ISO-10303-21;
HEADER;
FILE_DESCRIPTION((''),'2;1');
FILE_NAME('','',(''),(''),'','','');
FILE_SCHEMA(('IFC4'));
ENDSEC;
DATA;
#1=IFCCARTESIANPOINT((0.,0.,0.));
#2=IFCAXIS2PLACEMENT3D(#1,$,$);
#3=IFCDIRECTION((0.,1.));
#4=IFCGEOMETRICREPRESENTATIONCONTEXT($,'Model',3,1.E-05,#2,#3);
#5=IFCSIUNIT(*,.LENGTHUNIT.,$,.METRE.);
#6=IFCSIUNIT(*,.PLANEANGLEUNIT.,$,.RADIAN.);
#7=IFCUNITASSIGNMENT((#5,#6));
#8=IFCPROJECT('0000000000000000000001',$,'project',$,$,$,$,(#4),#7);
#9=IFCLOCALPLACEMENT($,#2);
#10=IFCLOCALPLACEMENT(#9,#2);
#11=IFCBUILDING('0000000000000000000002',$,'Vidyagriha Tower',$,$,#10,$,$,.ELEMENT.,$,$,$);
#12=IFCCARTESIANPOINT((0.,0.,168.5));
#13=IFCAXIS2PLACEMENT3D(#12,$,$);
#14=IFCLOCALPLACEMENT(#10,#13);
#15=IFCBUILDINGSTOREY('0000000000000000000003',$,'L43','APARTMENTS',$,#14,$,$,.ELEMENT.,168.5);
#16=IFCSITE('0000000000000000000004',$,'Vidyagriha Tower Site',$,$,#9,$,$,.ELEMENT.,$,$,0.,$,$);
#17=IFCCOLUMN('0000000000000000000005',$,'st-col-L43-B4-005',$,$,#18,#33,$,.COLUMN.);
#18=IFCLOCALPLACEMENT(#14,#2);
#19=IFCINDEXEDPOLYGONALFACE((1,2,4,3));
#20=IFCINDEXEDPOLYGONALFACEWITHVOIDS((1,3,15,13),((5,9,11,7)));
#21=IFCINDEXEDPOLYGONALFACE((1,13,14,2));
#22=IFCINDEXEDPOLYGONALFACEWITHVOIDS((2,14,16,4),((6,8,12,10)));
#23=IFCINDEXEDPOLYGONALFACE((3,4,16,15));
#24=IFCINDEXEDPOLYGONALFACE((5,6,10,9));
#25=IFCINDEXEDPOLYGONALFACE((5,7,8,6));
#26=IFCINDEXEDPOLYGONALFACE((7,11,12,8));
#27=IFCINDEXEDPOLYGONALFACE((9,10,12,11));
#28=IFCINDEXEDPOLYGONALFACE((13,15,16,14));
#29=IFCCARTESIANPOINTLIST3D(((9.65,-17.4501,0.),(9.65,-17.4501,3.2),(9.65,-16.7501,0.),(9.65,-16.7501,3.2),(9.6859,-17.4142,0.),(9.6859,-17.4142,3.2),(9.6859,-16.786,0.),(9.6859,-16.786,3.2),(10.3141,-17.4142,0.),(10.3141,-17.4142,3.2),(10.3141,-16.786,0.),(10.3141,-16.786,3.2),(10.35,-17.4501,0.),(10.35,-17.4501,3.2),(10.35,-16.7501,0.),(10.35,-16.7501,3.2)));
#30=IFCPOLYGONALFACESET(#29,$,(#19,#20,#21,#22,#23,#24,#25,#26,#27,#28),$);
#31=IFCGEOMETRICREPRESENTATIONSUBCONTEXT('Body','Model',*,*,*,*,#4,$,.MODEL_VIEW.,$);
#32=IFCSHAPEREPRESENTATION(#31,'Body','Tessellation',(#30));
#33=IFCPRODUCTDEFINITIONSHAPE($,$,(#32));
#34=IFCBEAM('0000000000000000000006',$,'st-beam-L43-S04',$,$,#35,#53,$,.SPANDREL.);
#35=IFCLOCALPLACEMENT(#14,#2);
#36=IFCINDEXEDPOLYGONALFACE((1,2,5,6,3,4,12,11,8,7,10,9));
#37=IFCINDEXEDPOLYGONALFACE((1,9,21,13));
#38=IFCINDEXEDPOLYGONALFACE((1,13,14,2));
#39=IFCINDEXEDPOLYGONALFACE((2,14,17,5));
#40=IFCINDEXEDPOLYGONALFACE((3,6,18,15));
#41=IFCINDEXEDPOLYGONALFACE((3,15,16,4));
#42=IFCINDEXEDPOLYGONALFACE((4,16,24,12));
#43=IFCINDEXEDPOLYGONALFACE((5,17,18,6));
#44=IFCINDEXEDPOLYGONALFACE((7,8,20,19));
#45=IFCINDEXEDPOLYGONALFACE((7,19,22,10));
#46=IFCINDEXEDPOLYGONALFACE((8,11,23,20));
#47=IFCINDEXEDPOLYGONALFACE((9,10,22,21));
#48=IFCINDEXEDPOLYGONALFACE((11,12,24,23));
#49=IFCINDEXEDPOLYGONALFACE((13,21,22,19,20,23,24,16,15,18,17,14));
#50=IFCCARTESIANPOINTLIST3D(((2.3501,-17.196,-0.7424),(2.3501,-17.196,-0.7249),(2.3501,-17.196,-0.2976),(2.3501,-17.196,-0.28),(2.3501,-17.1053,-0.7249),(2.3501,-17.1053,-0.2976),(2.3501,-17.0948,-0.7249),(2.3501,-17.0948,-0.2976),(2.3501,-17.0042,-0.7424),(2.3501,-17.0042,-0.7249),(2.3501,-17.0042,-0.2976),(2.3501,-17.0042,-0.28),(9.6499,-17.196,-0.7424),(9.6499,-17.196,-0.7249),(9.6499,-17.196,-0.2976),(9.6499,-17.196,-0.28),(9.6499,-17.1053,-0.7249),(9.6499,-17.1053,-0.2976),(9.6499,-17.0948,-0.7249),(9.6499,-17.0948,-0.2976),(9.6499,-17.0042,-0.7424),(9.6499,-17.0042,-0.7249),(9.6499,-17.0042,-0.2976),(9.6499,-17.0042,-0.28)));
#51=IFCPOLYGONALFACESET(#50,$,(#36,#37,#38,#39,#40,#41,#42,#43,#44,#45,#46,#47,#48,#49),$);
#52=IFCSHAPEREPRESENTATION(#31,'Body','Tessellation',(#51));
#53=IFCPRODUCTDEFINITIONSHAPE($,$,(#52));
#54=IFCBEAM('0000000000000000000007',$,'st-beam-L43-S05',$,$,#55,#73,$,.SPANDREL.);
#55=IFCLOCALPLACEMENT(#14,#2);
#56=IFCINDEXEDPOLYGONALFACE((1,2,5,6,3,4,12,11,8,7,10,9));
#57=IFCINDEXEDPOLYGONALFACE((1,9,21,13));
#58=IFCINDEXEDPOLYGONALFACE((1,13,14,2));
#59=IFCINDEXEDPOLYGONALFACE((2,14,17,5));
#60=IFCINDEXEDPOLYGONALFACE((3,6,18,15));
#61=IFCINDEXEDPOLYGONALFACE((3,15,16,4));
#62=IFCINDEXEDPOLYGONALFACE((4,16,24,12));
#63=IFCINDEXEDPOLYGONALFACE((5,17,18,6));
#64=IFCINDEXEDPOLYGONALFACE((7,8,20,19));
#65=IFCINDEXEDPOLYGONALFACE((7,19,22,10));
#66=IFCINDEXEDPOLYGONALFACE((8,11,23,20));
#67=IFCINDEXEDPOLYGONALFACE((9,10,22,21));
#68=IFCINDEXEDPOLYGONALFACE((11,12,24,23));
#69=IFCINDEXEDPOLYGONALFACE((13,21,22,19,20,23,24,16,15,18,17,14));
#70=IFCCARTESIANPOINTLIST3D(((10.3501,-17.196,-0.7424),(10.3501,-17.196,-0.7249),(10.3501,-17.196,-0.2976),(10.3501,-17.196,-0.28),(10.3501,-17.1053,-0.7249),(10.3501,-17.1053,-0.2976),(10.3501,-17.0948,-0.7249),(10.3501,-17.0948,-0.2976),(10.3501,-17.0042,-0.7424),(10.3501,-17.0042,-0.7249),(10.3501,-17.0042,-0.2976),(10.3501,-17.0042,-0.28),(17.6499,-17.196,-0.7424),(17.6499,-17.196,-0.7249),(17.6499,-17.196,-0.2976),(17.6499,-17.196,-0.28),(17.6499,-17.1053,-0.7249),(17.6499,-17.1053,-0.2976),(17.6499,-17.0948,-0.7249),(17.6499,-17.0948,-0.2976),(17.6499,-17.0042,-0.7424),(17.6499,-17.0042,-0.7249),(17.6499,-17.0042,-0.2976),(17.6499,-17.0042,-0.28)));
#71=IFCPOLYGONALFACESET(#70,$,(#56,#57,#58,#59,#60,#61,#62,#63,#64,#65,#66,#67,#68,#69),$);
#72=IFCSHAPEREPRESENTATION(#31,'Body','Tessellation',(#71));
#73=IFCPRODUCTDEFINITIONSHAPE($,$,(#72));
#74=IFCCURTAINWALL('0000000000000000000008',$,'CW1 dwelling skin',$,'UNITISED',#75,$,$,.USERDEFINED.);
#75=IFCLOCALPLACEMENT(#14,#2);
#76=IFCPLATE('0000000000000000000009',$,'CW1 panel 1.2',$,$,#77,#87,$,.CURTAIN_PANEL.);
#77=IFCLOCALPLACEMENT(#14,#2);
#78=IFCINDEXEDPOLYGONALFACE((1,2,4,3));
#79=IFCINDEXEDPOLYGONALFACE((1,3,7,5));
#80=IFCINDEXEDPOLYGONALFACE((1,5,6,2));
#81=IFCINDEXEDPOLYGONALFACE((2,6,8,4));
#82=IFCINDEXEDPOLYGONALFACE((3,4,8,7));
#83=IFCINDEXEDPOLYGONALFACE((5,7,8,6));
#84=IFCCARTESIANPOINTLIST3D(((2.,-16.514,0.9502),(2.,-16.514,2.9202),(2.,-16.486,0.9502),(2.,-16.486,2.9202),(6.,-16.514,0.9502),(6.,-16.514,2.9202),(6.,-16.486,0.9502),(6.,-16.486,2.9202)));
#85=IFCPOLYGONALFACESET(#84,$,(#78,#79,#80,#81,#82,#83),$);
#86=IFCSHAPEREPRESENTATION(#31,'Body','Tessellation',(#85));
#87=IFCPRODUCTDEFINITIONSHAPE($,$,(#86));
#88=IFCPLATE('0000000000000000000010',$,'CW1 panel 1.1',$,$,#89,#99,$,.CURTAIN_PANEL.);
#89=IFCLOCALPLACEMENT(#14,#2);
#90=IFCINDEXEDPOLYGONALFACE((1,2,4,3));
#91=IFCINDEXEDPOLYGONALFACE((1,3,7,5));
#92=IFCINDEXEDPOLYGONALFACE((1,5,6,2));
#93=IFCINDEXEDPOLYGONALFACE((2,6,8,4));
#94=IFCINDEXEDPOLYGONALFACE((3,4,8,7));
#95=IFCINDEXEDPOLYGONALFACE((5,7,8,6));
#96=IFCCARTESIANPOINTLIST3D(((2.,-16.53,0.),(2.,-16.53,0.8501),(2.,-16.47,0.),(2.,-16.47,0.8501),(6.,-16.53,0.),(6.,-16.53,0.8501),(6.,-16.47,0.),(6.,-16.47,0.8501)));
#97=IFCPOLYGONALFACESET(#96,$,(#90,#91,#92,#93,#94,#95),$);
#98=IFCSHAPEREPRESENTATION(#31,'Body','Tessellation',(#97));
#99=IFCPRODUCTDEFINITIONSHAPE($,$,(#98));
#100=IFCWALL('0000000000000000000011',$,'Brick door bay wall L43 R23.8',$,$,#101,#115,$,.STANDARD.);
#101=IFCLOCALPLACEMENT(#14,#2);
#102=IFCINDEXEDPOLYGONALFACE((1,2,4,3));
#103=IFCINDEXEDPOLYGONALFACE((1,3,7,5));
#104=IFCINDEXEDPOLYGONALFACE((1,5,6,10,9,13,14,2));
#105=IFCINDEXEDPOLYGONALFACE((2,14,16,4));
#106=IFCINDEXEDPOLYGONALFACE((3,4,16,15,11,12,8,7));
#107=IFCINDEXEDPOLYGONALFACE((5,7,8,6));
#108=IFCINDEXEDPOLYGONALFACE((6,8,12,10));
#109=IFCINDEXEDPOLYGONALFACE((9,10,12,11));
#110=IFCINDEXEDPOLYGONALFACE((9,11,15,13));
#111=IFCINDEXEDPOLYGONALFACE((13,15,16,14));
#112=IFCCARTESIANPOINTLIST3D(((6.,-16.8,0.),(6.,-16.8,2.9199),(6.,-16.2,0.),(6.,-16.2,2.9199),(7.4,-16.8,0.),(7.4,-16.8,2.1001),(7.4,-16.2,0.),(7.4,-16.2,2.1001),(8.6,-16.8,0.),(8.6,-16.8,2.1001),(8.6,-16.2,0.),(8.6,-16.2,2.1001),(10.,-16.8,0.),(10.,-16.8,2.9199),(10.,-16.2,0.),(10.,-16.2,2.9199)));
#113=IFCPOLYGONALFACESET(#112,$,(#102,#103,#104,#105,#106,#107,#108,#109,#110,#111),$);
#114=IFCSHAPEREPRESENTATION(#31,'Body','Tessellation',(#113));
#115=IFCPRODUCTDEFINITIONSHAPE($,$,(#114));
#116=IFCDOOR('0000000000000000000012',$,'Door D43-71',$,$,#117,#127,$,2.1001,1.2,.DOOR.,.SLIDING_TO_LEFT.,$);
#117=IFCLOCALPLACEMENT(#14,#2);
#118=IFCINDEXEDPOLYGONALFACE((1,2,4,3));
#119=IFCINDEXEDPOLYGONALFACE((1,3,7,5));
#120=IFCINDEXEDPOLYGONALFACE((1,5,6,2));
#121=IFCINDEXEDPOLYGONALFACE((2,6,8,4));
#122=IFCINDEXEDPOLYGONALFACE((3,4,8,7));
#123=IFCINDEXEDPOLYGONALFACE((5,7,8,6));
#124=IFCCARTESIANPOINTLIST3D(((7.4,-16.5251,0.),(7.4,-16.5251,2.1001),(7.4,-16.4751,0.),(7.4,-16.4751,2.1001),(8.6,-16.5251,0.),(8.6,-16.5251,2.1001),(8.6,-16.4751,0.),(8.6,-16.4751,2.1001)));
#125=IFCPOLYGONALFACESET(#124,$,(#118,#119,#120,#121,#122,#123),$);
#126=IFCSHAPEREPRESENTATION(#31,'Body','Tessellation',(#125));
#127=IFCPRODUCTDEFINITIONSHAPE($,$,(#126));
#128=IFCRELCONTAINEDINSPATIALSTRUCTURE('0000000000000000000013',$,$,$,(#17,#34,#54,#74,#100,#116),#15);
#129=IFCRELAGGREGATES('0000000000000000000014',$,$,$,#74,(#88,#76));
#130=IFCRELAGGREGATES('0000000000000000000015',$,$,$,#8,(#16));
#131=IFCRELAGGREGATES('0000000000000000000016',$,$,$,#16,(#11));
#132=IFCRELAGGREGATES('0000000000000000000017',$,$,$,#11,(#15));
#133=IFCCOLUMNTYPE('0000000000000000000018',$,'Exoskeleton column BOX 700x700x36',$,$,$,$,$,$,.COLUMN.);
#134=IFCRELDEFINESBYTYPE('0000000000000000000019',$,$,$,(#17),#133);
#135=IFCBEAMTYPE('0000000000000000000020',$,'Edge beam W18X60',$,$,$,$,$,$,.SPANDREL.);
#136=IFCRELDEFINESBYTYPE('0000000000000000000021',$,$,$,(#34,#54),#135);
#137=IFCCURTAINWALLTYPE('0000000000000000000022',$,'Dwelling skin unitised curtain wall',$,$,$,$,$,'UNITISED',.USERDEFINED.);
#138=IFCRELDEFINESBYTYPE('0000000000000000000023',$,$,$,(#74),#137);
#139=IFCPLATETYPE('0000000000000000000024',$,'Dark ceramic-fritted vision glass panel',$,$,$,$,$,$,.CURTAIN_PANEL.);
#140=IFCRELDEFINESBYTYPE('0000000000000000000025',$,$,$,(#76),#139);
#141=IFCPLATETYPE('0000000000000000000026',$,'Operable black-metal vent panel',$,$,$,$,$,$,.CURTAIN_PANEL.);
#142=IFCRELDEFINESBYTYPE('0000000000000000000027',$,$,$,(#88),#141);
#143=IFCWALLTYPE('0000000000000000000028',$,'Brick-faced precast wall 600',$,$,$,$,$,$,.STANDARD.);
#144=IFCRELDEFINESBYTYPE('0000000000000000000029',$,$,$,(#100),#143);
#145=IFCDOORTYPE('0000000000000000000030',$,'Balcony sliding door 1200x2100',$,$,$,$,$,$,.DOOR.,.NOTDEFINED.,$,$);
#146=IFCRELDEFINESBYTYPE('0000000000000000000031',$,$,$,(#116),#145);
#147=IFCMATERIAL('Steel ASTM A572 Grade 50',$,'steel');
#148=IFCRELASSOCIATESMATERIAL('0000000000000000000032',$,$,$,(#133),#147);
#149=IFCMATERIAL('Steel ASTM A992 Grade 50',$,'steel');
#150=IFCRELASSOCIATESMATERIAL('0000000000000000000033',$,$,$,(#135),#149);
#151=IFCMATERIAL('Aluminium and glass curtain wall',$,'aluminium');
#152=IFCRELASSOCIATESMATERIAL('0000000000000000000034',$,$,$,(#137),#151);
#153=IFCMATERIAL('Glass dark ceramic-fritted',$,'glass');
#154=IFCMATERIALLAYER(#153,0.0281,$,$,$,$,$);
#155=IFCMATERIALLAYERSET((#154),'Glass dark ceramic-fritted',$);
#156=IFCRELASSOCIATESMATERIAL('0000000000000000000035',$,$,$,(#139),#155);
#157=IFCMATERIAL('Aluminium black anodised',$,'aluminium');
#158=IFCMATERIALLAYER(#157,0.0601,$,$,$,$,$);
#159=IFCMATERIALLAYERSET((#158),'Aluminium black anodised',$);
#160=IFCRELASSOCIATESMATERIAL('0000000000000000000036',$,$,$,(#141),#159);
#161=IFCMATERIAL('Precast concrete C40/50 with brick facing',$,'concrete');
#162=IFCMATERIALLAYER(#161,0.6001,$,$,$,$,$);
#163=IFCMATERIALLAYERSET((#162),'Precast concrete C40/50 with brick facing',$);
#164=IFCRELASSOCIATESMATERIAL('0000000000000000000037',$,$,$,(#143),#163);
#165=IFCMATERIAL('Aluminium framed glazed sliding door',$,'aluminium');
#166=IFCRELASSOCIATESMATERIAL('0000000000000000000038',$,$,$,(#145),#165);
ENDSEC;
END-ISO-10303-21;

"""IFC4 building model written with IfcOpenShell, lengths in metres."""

from ifc_helpers import new_model, si_unit, direction, frame, frame_2d, origin, origin_2d, place, context, subcontext, project, spatial, rectangle, hollow_rectangle, i_section, extrude, material, layer, layer_set, material_profile, profile_set, type_object, element, fill, aggregate, save


model = new_model("IFC4")

# Units and contexts
model_context = context("Model", 3, precision=1e-05, world=origin(), true_north=direction((0.0, 1.0)))
body_context = subcontext(model_context, "Body", "Model", "MODEL_VIEW")
ifc_project = project(units=[si_unit("LENGTHUNIT", "METRE"), si_unit("PLANEANGLEUNIT", "RADIAN")], contexts=[model_context])

# Site, building, storey
site_placement = place(None, origin())
site = spatial("IfcSite", under=ifc_project, at=site_placement, Name="Vidyagriha Tower Site", CompositionType="ELEMENT", RefElevation=0.0)
building_placement = place(site_placement, origin())
building = spatial("IfcBuilding", under=site, at=building_placement, Name="Vidyagriha Tower", CompositionType="ELEMENT")
storey_placement = place(building_placement, frame((0.0, 0.0, 168.5)))
storey = spatial("IfcBuildingStorey", under=building, at=storey_placement, Name="L43", Description="APARTMENTS", CompositionType="ELEMENT", Elevation=168.5)

# Column
ifc_material_1 = material(Name="Steel ASTM A572 Grade 50", Category="steel")
ifc_material_profile_1 = material_profile(ifc_material_1, hollow_rectangle(XDim=0.7, YDim=0.7, WallThickness=0.0359, at=origin_2d()), Name="BOX 700x700x36")
ifc_profile_set_1 = profile_set([ifc_material_profile_1], Name="Steel ASTM A572 Grade 50")
column_type = type_object("IfcColumnType", Name="Exoskeleton column BOX 700x700x36", PredefinedType="COLUMN", material=ifc_profile_set_1)
column_placement = place(storey_placement, frame((10.0, -17.1001, 0.0)))
element("IfcColumn", 1, at=column_placement, inside=storey, type_object=column_type, Name="st-col-L43-B4-005", PredefinedType="COLUMN", context=body_context, shape_type="SweptSolid", body=[
    extrude(hollow_rectangle(XDim=0.7, YDim=0.7, WallThickness=0.0359, at=origin_2d()), origin(), (0.0, 0.0, 1.0), 3.2),
])

# Beams
ifc_material_2 = material(Name="Steel ASTM A992 Grade 50", Category="steel")
ifc_material_profile_2 = material_profile(ifc_material_2, i_section(OverallWidth=0.1919, OverallDepth=0.4624, WebThickness=0.0105, FlangeThickness=0.0176, at=origin_2d()), Name="W18X60")
ifc_profile_set_2 = profile_set([ifc_material_profile_2], Name="Steel ASTM A992 Grade 50")
beam_type = type_object("IfcBeamType", Name="Edge beam W18X60", PredefinedType="SPANDREL", material=ifc_profile_set_2)
for number, where, z_axis, x_axis, name in (
    (2, (2.3501, -17.1001, -0.5112), (1.0, 0.0, 0.0), (0.0, 1.0, 0.0), "st-beam-L43-S04"),
    (3, (10.3501, -17.1001, -0.5112), (1.0, 0.0, 0.0), (0.0, 1.0, 0.0), "st-beam-L43-S05"),
):
    element("IfcBeam", number, at=place(storey_placement, frame(where, z_axis=z_axis, x_axis=x_axis)), inside=storey, type_object=beam_type, Name=name, PredefinedType="SPANDREL", context=body_context, shape_type="SweptSolid", body=[
        extrude(i_section(OverallWidth=0.1919, OverallDepth=0.4624, WebThickness=0.0105, FlangeThickness=0.0176, at=origin_2d()), origin(), (0.0, 0.0, 1.0), 7.2998),
    ])

# Curtain wall, plates
ifc_material_3 = material(Name="Aluminium and glass curtain wall", Category="aluminium")
curtain_wall_type = type_object("IfcCurtainWallType", Name="Dwelling skin unitised curtain wall", ElementType="UNITISED", PredefinedType="USERDEFINED", material=ifc_material_3)
curtain_wall_placement = place(storey_placement, origin())
curtain_wall = element("IfcCurtainWall", 4, at=curtain_wall_placement, inside=storey, type_object=curtain_wall_type, Name="CW1 dwelling skin", ObjectType="UNITISED", PredefinedType="USERDEFINED")
ifc_material_4 = material(Name="Glass dark ceramic-fritted", Category="glass")
ifc_layer_1 = layer(ifc_material_4, 0.0281)
ifc_layer_set_1 = layer_set([ifc_layer_1], Name="Glass dark ceramic-fritted")
plate_type_1 = type_object("IfcPlateType", Name="Dark ceramic-fritted vision glass panel", PredefinedType="CURTAIN_PANEL", material=ifc_layer_set_1)
plate_1_placement = place(storey_placement, frame((4.0, -16.5, 0.9502)))
plate_1 = element("IfcPlate", 5, at=plate_1_placement, type_object=plate_type_1, Name="CW1 panel 1.2", PredefinedType="CURTAIN_PANEL", context=body_context, shape_type="SweptSolid", body=[
    extrude(rectangle(XDim=4.0, YDim=0.0281, at=origin_2d()), origin(), (0.0, 0.0, 1.0), 1.97),
])
ifc_material_5 = material(Name="Aluminium black anodised", Category="aluminium")
ifc_layer_2 = layer(ifc_material_5, 0.0601)
ifc_layer_set_2 = layer_set([ifc_layer_2], Name="Aluminium black anodised")
plate_type_2 = type_object("IfcPlateType", Name="Operable black-metal vent panel", PredefinedType="CURTAIN_PANEL", material=ifc_layer_set_2)
plate_2_placement = place(storey_placement, frame((4.0, -16.5, 0.0)))
plate_2 = element("IfcPlate", 6, at=plate_2_placement, type_object=plate_type_2, Name="CW1 panel 1.1", PredefinedType="CURTAIN_PANEL", context=body_context, shape_type="SweptSolid", body=[
    extrude(rectangle(XDim=4.0, YDim=0.0601, at=origin_2d()), origin(), (0.0, 0.0, 1.0), 0.8501),
])
aggregate(curtain_wall, [plate_2, plate_1])

# Wall, opening, door
ifc_material_6 = material(Name="Precast concrete C40/50 with brick facing", Category="concrete")
ifc_layer_3 = layer(ifc_material_6, 0.6001)
ifc_layer_set_3 = layer_set([ifc_layer_3], Name="Precast concrete C40/50 with brick facing")
wall_type = type_object("IfcWallType", Name="Brick-faced precast wall 600", PredefinedType="STANDARD", material=ifc_layer_set_3)
wall_placement = place(storey_placement, frame((6.0, -16.5, 0.0)))
wall = element("IfcWall", 7, at=wall_placement, inside=storey, type_object=wall_type, Name="Brick door bay wall L43 R23.8", PredefinedType="STANDARD", context=body_context, shape_type="SweptSolid", body=[
    extrude(rectangle(XDim=4.0, YDim=0.6001, at=frame_2d((2.0, 0.0))), origin(), (0.0, 0.0, 1.0), 2.9199),
])
opening_placement = place(wall_placement, frame((1.3999, 0.0, 0.0)))
opening = element("IfcOpeningElement", 8, at=opening_placement, cuts=wall, PredefinedType="OPENING", context=body_context, shape_type="SweptSolid", body=[
    extrude(rectangle(XDim=1.2, YDim=2.1001, at=frame_2d((0.6001, 1.05))), frame((0.0, 0.3101, 0.0), z_axis=(0.0, -1.0, 0.0), x_axis=(1.0, 0.0, 0.0)), (0.0, 0.0, 1.0), 0.6201),
])
ifc_material_7 = material(Name="Aluminium framed glazed sliding door", Category="aluminium")
door_type = type_object("IfcDoorType", Name="Balcony sliding door 1200x2100", OperationType="NOTDEFINED", PredefinedType="DOOR", material=ifc_material_7)
door_placement = place(opening_placement, origin())
door = element("IfcDoor", 9, at=door_placement, inside=storey, type_object=door_type, Name="Door D43-71", OperationType="SLIDING_TO_LEFT", OverallHeight=2.1001, OverallWidth=1.2, PredefinedType="DOOR", context=body_context, shape_type="SweptSolid", body=[
    extrude(rectangle(XDim=1.2, YDim=2.1001, at=frame_2d((0.6001, 1.05))), frame((0.0, 0.0249, 0.0), z_axis=(0.0, -1.0, 0.0), x_axis=(1.0, 0.0, 0.0)), (0.0, 0.0, 1.0), 0.05),
])
fill(opening, door)

save(model, "model.ifc")
